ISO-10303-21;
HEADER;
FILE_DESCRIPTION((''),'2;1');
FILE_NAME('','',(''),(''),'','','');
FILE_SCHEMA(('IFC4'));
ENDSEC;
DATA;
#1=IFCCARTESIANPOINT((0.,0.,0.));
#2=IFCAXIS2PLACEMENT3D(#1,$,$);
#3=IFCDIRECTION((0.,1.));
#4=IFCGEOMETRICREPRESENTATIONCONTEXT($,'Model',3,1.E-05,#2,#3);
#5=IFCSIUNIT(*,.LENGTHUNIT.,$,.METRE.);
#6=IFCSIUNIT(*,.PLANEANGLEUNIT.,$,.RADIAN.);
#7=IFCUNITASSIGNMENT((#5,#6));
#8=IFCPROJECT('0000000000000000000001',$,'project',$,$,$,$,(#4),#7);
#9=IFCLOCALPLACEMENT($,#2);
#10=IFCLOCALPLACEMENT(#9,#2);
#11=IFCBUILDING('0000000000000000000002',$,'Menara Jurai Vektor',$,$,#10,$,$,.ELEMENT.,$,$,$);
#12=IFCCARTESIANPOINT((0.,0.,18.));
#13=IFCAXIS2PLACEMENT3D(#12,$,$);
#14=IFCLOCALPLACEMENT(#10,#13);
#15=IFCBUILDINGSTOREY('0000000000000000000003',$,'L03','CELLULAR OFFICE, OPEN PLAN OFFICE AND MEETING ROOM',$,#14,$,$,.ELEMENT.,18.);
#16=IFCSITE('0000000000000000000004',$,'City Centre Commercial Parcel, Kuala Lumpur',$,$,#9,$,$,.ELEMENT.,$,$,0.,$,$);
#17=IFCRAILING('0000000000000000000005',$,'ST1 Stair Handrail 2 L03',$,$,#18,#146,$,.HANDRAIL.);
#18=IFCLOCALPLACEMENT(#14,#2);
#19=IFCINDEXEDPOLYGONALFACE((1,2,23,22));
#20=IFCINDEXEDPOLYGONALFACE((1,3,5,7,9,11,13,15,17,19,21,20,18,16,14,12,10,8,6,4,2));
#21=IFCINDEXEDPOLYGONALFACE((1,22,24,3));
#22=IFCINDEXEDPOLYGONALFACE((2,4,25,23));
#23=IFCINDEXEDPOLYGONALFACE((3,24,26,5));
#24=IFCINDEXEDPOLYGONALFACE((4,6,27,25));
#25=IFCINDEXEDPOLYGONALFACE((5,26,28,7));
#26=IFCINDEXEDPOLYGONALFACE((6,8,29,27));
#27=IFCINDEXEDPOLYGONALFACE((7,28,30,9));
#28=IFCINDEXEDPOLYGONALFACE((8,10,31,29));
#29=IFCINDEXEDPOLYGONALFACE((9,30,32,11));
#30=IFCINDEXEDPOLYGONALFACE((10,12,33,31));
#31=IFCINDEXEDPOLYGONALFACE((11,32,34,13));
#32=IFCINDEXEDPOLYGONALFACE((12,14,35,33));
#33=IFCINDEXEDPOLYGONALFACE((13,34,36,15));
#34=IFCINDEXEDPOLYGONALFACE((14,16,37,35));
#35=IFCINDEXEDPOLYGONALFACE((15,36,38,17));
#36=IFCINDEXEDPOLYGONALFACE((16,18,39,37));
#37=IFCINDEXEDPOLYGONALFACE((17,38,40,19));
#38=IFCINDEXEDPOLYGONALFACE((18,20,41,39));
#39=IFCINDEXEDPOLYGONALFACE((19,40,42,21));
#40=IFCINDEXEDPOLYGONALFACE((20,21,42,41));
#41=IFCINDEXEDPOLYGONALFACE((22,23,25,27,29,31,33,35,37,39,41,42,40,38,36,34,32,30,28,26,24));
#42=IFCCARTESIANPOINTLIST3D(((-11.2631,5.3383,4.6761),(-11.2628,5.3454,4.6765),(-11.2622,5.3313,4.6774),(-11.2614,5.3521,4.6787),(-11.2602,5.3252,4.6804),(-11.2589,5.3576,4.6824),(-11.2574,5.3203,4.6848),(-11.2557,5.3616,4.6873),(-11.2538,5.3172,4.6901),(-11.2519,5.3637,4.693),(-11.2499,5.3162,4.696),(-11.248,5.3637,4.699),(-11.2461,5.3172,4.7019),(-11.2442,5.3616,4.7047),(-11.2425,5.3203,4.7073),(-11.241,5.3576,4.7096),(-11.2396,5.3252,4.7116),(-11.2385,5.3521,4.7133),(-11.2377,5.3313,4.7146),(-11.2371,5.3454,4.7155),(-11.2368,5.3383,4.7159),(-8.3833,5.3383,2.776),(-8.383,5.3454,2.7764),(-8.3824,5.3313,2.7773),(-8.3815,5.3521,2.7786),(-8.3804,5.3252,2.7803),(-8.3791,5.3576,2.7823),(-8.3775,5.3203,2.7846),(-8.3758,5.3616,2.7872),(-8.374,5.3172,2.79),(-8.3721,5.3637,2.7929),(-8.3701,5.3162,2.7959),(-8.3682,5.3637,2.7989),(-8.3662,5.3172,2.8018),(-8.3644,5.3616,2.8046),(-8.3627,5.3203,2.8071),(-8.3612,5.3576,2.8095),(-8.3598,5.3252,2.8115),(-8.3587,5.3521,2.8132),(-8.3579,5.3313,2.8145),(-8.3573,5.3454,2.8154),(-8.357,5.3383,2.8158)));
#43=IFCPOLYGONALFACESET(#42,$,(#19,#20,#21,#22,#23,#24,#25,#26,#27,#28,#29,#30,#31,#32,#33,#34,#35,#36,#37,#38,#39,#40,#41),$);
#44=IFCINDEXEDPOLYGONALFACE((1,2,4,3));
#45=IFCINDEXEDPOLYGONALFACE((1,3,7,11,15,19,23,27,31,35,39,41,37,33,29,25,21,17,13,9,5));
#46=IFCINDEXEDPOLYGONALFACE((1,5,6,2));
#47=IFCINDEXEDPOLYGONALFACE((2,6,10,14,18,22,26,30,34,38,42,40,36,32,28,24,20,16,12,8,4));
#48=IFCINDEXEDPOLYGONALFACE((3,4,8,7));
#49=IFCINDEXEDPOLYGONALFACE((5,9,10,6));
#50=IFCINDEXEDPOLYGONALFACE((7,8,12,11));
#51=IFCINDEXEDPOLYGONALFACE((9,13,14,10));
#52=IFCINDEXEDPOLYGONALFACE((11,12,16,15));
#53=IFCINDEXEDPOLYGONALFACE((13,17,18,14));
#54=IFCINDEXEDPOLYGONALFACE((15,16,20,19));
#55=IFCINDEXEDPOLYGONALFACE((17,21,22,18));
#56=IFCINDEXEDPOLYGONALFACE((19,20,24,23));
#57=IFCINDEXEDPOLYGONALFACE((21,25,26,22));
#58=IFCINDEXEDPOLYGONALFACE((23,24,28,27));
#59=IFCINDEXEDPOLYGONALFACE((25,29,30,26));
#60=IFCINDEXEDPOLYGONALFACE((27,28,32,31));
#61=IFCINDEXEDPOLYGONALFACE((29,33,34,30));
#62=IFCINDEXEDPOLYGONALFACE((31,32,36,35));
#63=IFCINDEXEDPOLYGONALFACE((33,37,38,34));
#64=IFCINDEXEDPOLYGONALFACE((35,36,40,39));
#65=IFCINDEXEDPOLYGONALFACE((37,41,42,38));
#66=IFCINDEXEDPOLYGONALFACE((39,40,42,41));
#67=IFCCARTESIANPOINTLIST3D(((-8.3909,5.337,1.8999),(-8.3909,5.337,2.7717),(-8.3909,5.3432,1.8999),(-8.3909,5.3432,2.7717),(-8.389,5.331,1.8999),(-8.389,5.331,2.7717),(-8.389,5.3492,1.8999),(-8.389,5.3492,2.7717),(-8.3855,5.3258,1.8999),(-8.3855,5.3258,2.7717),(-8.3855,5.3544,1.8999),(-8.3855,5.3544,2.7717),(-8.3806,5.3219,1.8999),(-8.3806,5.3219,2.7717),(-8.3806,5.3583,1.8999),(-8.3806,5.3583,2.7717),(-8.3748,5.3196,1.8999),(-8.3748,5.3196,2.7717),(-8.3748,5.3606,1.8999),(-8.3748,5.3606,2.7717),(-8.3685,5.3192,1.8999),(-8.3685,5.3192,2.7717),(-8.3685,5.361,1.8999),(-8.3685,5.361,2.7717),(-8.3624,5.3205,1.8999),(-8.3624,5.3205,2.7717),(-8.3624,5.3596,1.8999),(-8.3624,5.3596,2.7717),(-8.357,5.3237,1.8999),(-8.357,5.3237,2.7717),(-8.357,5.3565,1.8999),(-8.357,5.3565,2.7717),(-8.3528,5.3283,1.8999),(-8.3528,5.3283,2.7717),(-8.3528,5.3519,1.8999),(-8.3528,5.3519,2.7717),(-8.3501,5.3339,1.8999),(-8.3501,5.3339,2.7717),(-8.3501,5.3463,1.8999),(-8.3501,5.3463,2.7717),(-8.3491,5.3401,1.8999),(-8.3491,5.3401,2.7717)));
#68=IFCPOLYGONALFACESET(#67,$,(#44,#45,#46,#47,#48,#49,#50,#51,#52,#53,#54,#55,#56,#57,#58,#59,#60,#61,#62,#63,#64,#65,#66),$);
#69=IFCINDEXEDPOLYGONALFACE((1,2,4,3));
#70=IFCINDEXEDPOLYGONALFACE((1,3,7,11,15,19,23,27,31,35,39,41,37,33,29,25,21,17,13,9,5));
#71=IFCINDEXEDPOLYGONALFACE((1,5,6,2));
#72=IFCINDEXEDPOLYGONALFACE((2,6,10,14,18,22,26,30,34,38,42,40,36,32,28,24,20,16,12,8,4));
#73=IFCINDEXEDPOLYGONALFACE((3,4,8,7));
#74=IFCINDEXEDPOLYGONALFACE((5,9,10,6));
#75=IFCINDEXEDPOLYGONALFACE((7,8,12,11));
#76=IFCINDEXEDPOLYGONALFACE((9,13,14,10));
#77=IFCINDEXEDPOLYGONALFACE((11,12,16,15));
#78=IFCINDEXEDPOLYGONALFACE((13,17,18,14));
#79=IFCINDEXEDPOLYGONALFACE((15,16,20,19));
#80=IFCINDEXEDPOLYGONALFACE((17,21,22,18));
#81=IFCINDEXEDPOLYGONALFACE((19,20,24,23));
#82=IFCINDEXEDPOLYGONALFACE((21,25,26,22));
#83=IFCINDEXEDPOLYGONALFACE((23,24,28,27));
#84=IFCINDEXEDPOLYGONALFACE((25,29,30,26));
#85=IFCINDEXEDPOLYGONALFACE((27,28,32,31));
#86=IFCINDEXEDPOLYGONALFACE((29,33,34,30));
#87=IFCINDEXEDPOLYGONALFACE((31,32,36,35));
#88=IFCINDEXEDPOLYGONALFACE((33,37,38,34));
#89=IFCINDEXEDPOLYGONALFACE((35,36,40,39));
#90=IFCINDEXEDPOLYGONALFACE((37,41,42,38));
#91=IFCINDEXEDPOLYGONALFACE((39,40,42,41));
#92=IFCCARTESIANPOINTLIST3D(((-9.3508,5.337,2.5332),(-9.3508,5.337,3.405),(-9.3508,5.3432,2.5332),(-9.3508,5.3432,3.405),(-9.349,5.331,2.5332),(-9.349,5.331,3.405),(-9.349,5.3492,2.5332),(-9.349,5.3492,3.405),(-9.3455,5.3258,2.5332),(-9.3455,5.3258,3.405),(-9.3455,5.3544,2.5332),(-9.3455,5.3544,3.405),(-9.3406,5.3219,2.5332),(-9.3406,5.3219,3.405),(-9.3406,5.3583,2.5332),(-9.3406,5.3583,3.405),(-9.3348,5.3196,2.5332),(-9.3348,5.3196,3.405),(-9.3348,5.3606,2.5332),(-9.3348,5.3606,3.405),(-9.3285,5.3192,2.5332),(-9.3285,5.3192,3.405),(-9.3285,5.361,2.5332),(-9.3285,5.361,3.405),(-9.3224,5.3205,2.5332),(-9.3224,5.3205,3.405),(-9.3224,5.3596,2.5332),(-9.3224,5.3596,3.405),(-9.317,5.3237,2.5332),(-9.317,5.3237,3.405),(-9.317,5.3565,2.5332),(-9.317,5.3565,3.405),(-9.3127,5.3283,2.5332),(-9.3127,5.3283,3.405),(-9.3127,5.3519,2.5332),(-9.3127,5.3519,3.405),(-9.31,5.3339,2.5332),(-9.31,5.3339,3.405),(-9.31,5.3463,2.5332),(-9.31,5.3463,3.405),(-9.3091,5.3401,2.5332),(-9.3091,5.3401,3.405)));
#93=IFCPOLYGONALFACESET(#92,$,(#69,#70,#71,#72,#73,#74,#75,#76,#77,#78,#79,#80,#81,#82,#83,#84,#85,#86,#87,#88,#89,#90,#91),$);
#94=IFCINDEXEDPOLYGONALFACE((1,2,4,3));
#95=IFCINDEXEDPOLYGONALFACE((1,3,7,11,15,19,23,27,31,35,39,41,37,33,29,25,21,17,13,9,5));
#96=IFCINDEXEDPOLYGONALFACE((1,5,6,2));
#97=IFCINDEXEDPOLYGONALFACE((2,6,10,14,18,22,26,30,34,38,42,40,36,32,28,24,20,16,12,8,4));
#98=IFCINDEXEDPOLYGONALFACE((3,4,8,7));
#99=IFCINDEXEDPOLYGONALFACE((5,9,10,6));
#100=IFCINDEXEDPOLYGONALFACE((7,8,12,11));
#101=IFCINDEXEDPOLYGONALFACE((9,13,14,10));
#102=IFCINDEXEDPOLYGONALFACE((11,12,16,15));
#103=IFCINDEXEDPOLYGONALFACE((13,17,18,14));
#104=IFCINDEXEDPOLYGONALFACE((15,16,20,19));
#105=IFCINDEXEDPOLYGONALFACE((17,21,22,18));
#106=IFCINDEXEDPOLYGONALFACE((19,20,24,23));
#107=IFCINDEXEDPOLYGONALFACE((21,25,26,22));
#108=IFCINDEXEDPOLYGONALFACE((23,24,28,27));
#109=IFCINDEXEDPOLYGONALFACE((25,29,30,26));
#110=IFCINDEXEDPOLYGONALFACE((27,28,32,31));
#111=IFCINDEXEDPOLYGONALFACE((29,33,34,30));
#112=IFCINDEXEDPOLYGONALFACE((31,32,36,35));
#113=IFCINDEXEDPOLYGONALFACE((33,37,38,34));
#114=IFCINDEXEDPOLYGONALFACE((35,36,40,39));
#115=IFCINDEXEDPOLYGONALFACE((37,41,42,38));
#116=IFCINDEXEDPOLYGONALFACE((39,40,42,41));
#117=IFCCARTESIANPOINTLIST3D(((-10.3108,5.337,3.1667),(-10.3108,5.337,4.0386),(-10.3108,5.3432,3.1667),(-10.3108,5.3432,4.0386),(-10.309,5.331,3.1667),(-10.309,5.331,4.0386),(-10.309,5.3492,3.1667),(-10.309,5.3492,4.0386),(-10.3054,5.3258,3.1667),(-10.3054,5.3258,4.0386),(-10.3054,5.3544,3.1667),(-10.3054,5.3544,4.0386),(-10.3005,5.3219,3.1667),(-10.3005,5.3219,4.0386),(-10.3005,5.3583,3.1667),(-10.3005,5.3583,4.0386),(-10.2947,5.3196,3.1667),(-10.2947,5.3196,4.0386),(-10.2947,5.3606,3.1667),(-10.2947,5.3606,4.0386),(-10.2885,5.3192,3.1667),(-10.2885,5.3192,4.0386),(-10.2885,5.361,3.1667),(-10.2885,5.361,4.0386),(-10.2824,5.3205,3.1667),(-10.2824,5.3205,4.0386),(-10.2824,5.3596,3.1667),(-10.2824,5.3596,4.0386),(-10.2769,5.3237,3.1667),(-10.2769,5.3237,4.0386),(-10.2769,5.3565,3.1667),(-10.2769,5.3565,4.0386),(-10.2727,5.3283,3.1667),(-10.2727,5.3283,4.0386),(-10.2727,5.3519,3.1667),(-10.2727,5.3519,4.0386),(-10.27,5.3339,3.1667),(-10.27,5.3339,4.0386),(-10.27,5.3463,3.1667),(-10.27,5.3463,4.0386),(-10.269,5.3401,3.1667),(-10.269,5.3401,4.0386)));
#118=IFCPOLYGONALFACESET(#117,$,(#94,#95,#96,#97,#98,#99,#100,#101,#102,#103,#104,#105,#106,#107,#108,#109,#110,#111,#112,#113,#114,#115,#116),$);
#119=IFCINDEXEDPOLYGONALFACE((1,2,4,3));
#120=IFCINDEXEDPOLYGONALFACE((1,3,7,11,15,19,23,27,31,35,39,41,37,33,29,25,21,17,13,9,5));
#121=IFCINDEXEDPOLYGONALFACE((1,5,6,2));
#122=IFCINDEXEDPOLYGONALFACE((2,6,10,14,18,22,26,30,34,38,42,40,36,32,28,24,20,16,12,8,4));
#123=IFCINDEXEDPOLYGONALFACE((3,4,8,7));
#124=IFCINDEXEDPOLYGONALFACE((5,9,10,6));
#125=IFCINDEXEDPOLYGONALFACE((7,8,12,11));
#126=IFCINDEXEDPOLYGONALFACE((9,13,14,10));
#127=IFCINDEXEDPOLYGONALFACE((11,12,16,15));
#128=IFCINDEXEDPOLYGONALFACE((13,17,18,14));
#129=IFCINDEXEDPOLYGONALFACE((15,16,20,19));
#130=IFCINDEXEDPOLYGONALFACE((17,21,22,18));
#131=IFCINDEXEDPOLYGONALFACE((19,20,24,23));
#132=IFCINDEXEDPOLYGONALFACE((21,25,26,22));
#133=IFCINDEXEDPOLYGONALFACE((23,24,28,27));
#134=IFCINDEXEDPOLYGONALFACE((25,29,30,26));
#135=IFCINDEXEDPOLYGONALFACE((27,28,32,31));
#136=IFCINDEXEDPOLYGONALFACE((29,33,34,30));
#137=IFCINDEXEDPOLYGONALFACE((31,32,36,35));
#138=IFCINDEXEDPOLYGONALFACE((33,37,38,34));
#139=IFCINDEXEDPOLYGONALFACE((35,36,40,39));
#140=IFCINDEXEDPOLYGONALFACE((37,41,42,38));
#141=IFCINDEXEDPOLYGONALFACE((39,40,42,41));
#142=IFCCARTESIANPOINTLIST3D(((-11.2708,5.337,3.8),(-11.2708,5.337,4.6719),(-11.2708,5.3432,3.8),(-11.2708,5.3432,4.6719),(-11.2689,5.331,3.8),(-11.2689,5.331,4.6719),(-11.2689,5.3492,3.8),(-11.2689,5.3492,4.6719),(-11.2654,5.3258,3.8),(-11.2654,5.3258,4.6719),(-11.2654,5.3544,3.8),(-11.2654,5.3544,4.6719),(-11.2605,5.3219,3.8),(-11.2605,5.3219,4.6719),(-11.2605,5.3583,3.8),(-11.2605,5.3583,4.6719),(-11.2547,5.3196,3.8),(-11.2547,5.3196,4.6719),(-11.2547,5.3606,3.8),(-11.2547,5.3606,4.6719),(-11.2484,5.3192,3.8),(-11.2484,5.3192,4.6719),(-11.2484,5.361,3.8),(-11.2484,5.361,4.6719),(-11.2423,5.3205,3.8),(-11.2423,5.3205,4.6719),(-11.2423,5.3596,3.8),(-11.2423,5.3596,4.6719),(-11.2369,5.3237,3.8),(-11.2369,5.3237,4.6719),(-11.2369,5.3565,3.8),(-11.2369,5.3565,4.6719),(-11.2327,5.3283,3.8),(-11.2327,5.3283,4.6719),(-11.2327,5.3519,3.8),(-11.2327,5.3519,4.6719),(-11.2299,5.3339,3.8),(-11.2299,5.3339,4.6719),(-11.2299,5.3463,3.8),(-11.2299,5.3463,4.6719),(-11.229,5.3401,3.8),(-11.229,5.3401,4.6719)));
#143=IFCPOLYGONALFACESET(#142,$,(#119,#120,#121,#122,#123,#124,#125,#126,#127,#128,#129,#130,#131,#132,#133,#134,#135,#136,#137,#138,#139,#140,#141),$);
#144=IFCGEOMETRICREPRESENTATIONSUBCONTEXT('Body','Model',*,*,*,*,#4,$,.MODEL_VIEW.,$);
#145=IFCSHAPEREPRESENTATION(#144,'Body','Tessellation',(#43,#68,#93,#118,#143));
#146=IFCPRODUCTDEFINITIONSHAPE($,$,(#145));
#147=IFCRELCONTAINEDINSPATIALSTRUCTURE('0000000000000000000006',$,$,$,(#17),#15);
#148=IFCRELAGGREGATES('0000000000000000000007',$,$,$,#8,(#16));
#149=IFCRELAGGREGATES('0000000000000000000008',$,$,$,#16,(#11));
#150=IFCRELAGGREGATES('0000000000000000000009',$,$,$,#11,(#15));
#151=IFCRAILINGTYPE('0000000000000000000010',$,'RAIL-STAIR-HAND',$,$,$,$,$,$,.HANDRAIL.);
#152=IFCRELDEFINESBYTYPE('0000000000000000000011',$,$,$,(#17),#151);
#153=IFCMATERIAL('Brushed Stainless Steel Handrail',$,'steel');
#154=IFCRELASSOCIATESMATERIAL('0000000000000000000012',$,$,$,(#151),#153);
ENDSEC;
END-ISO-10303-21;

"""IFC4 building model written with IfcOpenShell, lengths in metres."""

from ifc_helpers import new_model, si_unit, direction, frame, origin, origin_2d, place, context, subcontext, project, spatial, circle, extrude, material, type_object, element, save


model = new_model("IFC4")

# Units and contexts
model_context = context("Model", 3, precision=1e-05, world=origin(), true_north=direction((0.0, 1.0)))
body_context = subcontext(model_context, "Body", "Model", "MODEL_VIEW")
ifc_project = project(units=[si_unit("LENGTHUNIT", "METRE"), si_unit("PLANEANGLEUNIT", "RADIAN")], contexts=[model_context])

# Site, building, storey
site_placement = place(None, origin())
site = spatial("IfcSite", under=ifc_project, at=site_placement, Name="City Centre Commercial Parcel, Kuala Lumpur", CompositionType="ELEMENT", RefElevation=0.0)
building_placement = place(site_placement, origin())
building = spatial("IfcBuilding", under=site, at=building_placement, Name="Menara Jurai Vektor", CompositionType="ELEMENT")
storey_placement = place(building_placement, frame((0.0, 0.0, 18.0)))
storey = spatial("IfcBuildingStorey", under=building, at=storey_placement, Name="L03", Description="CELLULAR OFFICE, OPEN PLAN OFFICE AND MEETING ROOM", CompositionType="ELEMENT", Elevation=18.0)

# Railing
ifc_material_1 = material(Name="Brushed Stainless Steel Handrail", Category="steel")
railing_type_1 = type_object("IfcRailingType", Name="RAIL-STAIR-HAND", PredefinedType="HANDRAIL", material=ifc_material_1)
railing_1_placement = place(storey_placement, frame((-8.3701, 5.3401, 1.8999)))
element("IfcRailing", 1, at=railing_1_placement, inside=storey, type_object=railing_type_1, Name="ST1 Stair Handrail 2 L03", PredefinedType="HANDRAIL", context=body_context, shape_type="SweptSolid", body=[
    extrude(circle(Radius=0.0239, at=origin_2d()), frame((0.0, 0.0, 0.896), z_axis=(-0.834686, 0.0, 0.550726), x_axis=(0.0, -1.0, 0.0)), (0.0, 0.0, 1.0), 3.4502),
    extrude(circle(Radius=0.021, at=origin_2d()), origin(), (0.0, 0.0, 1.0), 0.8718),
    extrude(circle(Radius=0.021, at=origin_2d()), frame((-0.96, 0.0, 0.6333)), (0.0, 0.0, 1.0), 0.8718),
    extrude(circle(Radius=0.021, at=origin_2d()), frame((-1.9199, 0.0, 1.2668)), (0.0, 0.0, 1.0), 0.8718),
    extrude(circle(Radius=0.021, at=origin_2d()), frame((-2.8799, 0.0, 1.9001)), (0.0, 0.0, 1.0), 0.8718),
])

save(model, "model.ifc")
